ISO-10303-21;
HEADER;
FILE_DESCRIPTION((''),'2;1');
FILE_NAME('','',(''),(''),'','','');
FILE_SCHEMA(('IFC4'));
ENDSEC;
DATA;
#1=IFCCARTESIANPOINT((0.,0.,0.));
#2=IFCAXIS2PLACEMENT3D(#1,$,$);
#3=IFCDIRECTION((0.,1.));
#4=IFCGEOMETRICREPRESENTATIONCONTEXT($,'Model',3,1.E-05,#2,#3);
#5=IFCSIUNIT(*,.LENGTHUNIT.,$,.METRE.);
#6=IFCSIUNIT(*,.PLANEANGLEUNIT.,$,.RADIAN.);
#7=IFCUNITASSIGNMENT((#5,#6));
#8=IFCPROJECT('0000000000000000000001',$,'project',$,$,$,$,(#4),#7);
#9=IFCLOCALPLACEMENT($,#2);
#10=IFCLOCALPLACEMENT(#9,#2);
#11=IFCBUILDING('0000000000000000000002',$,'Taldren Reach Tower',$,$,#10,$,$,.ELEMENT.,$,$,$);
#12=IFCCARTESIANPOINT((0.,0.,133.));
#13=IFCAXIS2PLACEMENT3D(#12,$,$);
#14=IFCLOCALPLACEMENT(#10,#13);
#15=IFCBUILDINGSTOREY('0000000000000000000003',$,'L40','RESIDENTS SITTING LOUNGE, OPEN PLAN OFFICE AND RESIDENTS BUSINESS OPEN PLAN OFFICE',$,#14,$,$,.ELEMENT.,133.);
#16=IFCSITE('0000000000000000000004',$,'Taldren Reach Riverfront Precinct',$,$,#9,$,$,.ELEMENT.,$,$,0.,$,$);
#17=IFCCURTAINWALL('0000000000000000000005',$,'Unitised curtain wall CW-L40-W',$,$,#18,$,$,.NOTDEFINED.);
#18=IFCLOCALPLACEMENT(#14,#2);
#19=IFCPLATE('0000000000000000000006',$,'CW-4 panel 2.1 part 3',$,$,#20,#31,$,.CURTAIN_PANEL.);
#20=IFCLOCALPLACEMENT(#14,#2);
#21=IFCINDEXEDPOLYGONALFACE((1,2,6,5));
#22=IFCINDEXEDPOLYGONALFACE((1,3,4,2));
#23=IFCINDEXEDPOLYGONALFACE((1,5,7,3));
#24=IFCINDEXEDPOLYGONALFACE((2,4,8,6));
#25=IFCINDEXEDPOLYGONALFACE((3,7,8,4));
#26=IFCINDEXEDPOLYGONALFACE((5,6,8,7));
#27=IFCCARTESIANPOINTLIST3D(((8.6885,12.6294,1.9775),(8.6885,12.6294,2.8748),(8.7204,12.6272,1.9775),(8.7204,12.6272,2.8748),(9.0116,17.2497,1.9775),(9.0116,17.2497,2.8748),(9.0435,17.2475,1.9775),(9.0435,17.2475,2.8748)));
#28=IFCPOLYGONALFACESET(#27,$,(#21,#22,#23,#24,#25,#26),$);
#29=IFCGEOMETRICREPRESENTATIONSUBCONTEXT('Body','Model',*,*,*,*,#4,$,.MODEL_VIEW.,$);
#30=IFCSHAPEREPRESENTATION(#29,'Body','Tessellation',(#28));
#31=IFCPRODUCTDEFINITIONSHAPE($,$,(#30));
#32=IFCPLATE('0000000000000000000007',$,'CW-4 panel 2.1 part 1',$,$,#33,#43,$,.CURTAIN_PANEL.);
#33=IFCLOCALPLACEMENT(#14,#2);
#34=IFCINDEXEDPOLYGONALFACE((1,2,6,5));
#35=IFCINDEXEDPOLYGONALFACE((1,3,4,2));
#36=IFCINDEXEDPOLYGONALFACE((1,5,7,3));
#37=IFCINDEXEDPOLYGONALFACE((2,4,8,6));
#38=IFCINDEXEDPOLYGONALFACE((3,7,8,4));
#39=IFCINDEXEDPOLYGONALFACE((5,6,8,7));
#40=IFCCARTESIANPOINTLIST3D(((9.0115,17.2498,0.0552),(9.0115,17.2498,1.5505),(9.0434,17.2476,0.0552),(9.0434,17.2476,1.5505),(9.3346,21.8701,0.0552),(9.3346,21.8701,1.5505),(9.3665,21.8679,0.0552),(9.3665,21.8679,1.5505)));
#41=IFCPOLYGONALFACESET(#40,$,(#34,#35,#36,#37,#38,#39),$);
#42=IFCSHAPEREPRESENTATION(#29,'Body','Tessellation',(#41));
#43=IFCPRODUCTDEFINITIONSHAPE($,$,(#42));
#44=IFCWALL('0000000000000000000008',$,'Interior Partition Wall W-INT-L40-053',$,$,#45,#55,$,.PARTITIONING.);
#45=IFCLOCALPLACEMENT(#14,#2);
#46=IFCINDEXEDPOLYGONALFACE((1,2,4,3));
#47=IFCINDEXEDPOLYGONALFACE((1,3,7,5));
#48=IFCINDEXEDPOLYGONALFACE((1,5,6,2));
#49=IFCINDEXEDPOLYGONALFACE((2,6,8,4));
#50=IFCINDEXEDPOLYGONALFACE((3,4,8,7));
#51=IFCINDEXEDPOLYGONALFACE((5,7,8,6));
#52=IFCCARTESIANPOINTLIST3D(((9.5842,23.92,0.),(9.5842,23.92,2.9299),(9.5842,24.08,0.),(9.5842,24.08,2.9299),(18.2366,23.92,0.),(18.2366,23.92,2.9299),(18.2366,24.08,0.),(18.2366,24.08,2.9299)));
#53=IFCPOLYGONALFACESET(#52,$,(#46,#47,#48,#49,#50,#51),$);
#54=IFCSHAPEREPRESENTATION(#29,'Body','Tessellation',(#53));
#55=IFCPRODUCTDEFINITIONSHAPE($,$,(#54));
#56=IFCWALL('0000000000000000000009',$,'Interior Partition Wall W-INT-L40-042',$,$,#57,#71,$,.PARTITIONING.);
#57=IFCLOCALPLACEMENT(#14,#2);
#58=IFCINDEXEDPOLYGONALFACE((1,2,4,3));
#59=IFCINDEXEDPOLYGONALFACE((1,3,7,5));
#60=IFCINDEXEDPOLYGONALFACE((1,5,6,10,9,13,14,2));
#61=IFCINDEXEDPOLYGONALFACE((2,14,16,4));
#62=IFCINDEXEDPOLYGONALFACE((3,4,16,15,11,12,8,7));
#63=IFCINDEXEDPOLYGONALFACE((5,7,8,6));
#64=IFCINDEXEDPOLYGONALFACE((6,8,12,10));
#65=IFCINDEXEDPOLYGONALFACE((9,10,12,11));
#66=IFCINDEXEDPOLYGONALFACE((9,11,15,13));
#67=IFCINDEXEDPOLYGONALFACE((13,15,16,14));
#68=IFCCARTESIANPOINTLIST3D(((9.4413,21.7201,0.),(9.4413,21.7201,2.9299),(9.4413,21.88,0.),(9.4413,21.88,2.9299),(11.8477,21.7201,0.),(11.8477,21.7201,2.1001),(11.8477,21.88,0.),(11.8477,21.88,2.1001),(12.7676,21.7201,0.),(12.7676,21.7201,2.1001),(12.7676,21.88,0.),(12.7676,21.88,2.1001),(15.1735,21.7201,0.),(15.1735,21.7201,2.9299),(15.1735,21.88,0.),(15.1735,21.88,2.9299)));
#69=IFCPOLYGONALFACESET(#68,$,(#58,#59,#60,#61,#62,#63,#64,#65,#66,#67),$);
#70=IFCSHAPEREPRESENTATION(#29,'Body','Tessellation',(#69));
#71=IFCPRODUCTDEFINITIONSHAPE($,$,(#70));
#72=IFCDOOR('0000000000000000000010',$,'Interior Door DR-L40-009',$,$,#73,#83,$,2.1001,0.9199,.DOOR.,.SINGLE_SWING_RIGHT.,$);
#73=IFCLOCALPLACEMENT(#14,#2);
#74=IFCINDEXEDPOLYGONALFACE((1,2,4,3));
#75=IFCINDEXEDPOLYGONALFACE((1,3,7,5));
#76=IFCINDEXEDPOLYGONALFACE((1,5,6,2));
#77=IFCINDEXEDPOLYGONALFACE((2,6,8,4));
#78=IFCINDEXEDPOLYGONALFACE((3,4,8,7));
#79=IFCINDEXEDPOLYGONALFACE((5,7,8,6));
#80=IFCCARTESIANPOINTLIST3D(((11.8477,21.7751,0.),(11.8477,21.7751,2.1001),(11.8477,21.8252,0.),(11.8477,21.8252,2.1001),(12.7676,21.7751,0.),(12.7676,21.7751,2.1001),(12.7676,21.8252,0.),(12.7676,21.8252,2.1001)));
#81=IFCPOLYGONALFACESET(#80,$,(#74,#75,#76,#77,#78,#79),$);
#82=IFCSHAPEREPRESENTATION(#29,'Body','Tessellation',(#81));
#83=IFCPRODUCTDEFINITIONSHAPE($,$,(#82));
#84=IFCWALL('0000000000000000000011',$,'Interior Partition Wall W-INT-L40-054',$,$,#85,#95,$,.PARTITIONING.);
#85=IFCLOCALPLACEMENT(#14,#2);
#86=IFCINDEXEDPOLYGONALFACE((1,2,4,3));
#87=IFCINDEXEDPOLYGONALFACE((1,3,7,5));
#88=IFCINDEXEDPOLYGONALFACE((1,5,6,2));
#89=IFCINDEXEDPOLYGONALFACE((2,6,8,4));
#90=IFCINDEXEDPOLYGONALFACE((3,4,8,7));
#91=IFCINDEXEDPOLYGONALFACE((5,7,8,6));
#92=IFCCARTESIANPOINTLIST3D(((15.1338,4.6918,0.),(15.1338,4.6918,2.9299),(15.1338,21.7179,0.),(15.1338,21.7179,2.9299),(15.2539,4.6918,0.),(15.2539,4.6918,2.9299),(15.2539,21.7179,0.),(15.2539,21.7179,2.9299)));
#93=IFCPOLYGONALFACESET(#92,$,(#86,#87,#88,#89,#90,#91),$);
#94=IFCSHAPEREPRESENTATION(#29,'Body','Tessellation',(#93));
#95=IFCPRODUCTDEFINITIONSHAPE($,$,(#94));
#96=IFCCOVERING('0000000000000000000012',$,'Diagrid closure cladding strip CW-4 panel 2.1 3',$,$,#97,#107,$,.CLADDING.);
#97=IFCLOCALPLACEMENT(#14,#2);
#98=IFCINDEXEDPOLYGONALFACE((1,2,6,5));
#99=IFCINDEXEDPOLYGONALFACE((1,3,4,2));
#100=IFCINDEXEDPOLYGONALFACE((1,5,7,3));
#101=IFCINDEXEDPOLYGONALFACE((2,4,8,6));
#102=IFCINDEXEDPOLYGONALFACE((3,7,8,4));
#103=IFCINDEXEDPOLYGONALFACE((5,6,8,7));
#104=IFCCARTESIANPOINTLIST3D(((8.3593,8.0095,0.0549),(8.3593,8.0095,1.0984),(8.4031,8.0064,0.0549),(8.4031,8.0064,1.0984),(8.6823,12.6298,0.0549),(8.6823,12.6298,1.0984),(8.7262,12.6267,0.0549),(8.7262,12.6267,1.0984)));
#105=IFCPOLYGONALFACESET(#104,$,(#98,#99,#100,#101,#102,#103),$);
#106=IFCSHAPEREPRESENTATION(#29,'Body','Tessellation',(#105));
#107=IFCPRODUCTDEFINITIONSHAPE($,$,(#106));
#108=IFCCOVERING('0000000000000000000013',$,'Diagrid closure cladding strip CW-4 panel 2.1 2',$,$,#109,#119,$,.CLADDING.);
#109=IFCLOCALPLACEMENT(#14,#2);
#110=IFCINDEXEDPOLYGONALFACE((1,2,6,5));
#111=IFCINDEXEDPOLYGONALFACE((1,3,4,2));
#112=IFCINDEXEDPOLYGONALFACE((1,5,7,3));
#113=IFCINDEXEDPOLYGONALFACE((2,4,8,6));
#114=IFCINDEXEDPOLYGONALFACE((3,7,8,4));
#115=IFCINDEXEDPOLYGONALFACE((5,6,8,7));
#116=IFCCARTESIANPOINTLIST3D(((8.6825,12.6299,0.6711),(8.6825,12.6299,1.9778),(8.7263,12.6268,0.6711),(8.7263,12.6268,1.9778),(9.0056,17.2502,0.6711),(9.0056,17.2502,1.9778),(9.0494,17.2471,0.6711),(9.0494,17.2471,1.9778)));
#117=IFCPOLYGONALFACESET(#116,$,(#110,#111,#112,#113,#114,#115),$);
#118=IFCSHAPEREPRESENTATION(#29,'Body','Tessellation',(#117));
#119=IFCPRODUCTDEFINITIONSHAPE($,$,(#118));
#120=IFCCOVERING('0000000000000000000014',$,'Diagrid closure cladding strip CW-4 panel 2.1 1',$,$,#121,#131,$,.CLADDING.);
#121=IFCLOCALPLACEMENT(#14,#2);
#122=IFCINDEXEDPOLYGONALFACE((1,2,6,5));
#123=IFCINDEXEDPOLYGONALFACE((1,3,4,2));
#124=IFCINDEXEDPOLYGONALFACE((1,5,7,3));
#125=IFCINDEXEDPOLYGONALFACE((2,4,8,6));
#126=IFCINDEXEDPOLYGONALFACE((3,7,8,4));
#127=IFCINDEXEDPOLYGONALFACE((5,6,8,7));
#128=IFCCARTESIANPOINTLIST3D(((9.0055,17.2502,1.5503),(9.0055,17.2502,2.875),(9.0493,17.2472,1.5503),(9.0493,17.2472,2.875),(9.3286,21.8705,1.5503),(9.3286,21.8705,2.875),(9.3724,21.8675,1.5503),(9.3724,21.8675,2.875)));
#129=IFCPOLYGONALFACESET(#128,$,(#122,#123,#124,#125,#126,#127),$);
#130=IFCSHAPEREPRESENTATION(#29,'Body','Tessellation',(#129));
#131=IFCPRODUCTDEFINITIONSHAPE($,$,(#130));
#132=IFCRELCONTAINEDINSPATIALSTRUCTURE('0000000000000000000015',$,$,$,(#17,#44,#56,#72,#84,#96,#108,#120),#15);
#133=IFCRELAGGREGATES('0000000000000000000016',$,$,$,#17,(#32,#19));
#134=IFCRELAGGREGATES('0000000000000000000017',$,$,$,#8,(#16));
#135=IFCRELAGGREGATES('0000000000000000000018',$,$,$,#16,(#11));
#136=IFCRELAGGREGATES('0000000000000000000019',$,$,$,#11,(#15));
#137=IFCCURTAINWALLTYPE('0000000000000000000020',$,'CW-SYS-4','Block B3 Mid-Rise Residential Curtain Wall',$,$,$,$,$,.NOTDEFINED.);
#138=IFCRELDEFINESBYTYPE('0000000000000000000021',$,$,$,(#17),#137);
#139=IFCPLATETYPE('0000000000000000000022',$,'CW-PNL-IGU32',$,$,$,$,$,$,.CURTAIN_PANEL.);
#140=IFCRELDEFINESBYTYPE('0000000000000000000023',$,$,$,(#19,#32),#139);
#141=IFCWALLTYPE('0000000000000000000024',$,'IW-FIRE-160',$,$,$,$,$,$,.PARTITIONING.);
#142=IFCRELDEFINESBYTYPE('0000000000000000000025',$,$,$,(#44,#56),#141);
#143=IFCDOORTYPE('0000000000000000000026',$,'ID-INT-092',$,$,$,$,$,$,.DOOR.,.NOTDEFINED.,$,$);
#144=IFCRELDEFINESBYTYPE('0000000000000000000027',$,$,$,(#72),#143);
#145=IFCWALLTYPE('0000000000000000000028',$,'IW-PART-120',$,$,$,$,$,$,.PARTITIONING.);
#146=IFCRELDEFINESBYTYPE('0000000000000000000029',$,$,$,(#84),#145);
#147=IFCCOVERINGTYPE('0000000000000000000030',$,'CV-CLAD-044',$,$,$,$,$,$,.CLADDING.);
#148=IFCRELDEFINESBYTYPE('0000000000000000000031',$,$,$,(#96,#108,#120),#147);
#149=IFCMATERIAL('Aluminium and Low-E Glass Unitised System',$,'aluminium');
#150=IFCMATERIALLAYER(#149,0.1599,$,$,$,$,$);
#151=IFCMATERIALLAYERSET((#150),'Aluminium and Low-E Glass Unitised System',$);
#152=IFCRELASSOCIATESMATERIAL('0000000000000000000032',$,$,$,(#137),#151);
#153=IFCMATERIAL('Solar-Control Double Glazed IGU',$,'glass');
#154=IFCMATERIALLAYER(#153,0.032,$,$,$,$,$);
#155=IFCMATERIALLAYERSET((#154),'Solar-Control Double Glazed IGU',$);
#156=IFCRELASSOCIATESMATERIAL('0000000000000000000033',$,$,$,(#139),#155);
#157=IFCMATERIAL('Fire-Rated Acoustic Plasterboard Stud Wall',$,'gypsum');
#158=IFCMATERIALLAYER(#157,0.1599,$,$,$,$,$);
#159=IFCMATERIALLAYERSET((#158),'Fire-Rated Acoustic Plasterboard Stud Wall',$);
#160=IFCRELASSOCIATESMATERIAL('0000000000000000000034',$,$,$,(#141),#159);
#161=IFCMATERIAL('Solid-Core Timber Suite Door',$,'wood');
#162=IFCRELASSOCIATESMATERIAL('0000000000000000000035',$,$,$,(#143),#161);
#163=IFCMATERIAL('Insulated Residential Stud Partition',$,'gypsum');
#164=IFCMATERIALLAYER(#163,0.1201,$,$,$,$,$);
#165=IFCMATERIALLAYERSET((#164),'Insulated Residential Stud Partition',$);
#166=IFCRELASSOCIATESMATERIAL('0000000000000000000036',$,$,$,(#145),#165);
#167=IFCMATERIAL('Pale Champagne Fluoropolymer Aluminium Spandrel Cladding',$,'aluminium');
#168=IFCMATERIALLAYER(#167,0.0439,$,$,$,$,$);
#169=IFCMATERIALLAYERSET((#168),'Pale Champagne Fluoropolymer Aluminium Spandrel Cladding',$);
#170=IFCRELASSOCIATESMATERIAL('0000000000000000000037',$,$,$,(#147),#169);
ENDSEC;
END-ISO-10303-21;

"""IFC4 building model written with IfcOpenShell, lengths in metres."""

from ifc_helpers import new_model, si_unit, direction, frame, frame_2d, origin, origin_2d, place, context, subcontext, project, spatial, rectangle, extrude, source, transform, mapped, material, layer, layer_set, type_object, element, fill, aggregate, save


model = new_model("IFC4")

# Units and contexts
model_context = context("Model", 3, precision=1e-05, world=origin(), true_north=direction((0.0, 1.0)))
body_context = subcontext(model_context, "Body", "Model", "MODEL_VIEW")
ifc_project = project(units=[si_unit("LENGTHUNIT", "METRE"), si_unit("PLANEANGLEUNIT", "RADIAN")], contexts=[model_context])

# Site, building, storey
site_placement = place(None, origin())
site = spatial("IfcSite", under=ifc_project, at=site_placement, Name="Taldren Reach Riverfront Precinct", CompositionType="ELEMENT", RefElevation=0.0)
building_placement = place(site_placement, origin())
building = spatial("IfcBuilding", under=site, at=building_placement, Name="Taldren Reach Tower", CompositionType="ELEMENT")
storey_placement = place(building_placement, frame((0.0, 0.0, 133.0)))
storey = spatial("IfcBuildingStorey", under=building, at=storey_placement, Name="L40", Description="RESIDENTS SITTING LOUNGE, OPEN PLAN OFFICE AND RESIDENTS BUSINESS OPEN PLAN OFFICE", CompositionType="ELEMENT", Elevation=133.0)

# Curtain wall
ifc_material_1 = material(Name="Aluminium and Low-E Glass Unitised System", Category="aluminium")
ifc_layer_1 = layer(ifc_material_1, 0.1599)
ifc_layer_set_1 = layer_set([ifc_layer_1], Name="Aluminium and Low-E Glass Unitised System")
curtain_wall_type = type_object("IfcCurtainWallType", Name="CW-SYS-4", Description="Block B3 Mid-Rise Residential Curtain Wall", PredefinedType="NOTDEFINED", material=ifc_layer_set_1)
curtain_wall_placement = place(storey_placement, origin())
curtain_wall = element("IfcCurtainWall", 1, at=curtain_wall_placement, inside=storey, type_object=curtain_wall_type, Name="Unitised curtain wall CW-L40-W", PredefinedType="NOTDEFINED")

# Plates
ifc_material_2 = material(Name="Solar-Control Double Glazed IGU", Category="glass")
ifc_layer_2 = layer(ifc_material_2, 0.032)
ifc_layer_set_2 = layer_set([ifc_layer_2], Name="Solar-Control Double Glazed IGU")
plate_type_1 = type_object("IfcPlateType", Name="CW-PNL-IGU32", PredefinedType="CURTAIN_PANEL", material=ifc_layer_set_2)
shared_shape_1 = source(origin(), body_context, "Body", "SweptSolid", [
    extrude(rectangle(XDim=4.6316, YDim=0.032, at=origin_2d()), origin(), (0.0, 0.0, 1.0), 0.8972),
])
plate_1_placement = place(storey_placement, frame((8.866, 14.9385, 1.9775), z_axis=(0.0, 0.0, 1.0), x_axis=(-0.069756, -0.997564, 0.0)))
plate_1 = element("IfcPlate", 2, at=plate_1_placement, type_object=plate_type_1, Name="CW-4 panel 2.1 part 3", PredefinedType="CURTAIN_PANEL", context=body_context, shape_type="MappedRepresentation", body=[
    mapped(shared_shape_1, transform((0.0, 0.0, 0.0), scale=1.0)),
])
shared_shape_2 = source(origin(), body_context, "Body", "SweptSolid", [
    extrude(rectangle(XDim=4.6316, YDim=0.032, at=origin_2d()), origin(), (0.0, 0.0, 1.0), 1.4954),
])
plate_2_placement = place(storey_placement, frame((9.189, 19.5588, 0.0552), z_axis=(0.0, 0.0, 1.0), x_axis=(-0.069756, -0.997564, 0.0)))
plate_2 = element("IfcPlate", 3, at=plate_2_placement, type_object=plate_type_1, Name="CW-4 panel 2.1 part 1", PredefinedType="CURTAIN_PANEL", context=body_context, shape_type="MappedRepresentation", body=[
    mapped(shared_shape_2, transform((0.0, 0.0, 0.0), scale=1.0)),
])
aggregate(curtain_wall, [plate_2, plate_1])

# Wall
ifc_material_3 = material(Name="Fire-Rated Acoustic Plasterboard Stud Wall", Category="gypsum")
ifc_layer_3 = layer(ifc_material_3, 0.1599)
ifc_layer_set_3 = layer_set([ifc_layer_3], Name="Fire-Rated Acoustic Plasterboard Stud Wall")
wall_type_1 = type_object("IfcWallType", Name="IW-FIRE-160", PredefinedType="PARTITIONING", material=ifc_layer_set_3)
shared_shape_3 = source(origin(), body_context, "Body", "SweptSolid", [
    extrude(rectangle(XDim=8.6523, YDim=0.1599, at=frame_2d((4.3262, 0.0))), origin(), (0.0, 0.0, 1.0), 2.9299),
])
wall_1_placement = place(storey_placement, frame((9.5842, 24.0, 0.0), z_axis=(0.0, 0.0, 1.0), x_axis=(1.0, 0.0, 0.0)))
element("IfcWall", 4, at=wall_1_placement, inside=storey, type_object=wall_type_1, Name="Interior Partition Wall W-INT-L40-053", PredefinedType="PARTITIONING", context=body_context, shape_type="MappedRepresentation", body=[
    mapped(shared_shape_3, transform((0.0, 0.0, 0.0), scale=1.0)),
])

# Wall, opening, door
shared_shape_4 = source(origin(), body_context, "Body", "SweptSolid", [
    extrude(rectangle(XDim=5.7322, YDim=0.1599, at=frame_2d((2.8662, 0.0))), origin(), (0.0, 0.0, 1.0), 2.9299),
])
wall_2_placement = place(storey_placement, frame((15.1736, 21.8, 0.0), z_axis=(0.0, 0.0, 1.0), x_axis=(-1.0, 0.0, 0.0)))
wall_2 = element("IfcWall", 5, at=wall_2_placement, inside=storey, type_object=wall_type_1, Name="Interior Partition Wall W-INT-L40-042", PredefinedType="PARTITIONING", context=body_context, shape_type="MappedRepresentation", body=[
    mapped(shared_shape_4, transform((0.0, 0.0, 0.0), scale=1.0)),
])
shared_shape_5 = source(origin(), body_context, "Body", "SweptSolid", [
    extrude(rectangle(XDim=0.9199, YDim=2.1001, at=frame_2d((0.46, 1.05))), frame((0.0, 0.0898, 0.0), z_axis=(0.0, -1.0, 0.0), x_axis=(1.0, 0.0, 0.0)), (0.0, 0.0, 1.0), 0.1799),
])
opening_placement = place(wall_2_placement, frame((2.406, 0.0, 0.0)))
opening = element("IfcOpeningElement", 6, at=opening_placement, cuts=wall_2, PredefinedType="OPENING", context=body_context, shape_type="MappedRepresentation", body=[
    mapped(shared_shape_5, transform((0.0, 0.0, 0.0), scale=1.0)),
])
ifc_material_4 = material(Name="Solid-Core Timber Suite Door", Category="wood")
door_type = type_object("IfcDoorType", Name="ID-INT-092", OperationType="NOTDEFINED", PredefinedType="DOOR", material=ifc_material_4)
shared_shape_6 = source(origin(), body_context, "Body", "SweptSolid", [
    extrude(rectangle(XDim=0.9199, YDim=2.1001, at=frame_2d((0.46, 1.05))), frame((0.0, 0.0249, 0.0), z_axis=(0.0, -1.0, 0.0), x_axis=(1.0, 0.0, 0.0)), (0.0, 0.0, 1.0), 0.05),
])
door_placement = place(opening_placement, origin())
door = element("IfcDoor", 7, at=door_placement, inside=storey, type_object=door_type, Name="Interior Door DR-L40-009", OperationType="SINGLE_SWING_RIGHT", OverallHeight=2.1001, OverallWidth=0.9199, PredefinedType="DOOR", context=body_context, shape_type="MappedRepresentation", body=[
    mapped(shared_shape_6, transform((0.0, 0.0, 0.0), scale=1.0)),
])
fill(opening, door)

# Wall
ifc_material_5 = material(Name="Insulated Residential Stud Partition", Category="gypsum")
ifc_layer_4 = layer(ifc_material_5, 0.1201)
ifc_layer_set_4 = layer_set([ifc_layer_4], Name="Insulated Residential Stud Partition")
wall_type_2 = type_object("IfcWallType", Name="IW-PART-120", PredefinedType="PARTITIONING", material=ifc_layer_set_4)
shared_shape_7 = source(origin(), body_context, "Body", "SweptSolid", [
    extrude(rectangle(XDim=17.0261, YDim=0.1201, at=frame_2d((8.5132, 0.0))), origin(), (0.0, 0.0, 1.0), 2.9299),
])
wall_3_placement = place(storey_placement, frame((15.1938, 21.718, 0.0), z_axis=(0.0, 0.0, 1.0), x_axis=(0.0, -1.0, 0.0)))
element("IfcWall", 8, at=wall_3_placement, inside=storey, type_object=wall_type_2, Name="Interior Partition Wall W-INT-L40-054", PredefinedType="PARTITIONING", context=body_context, shape_type="MappedRepresentation", body=[
    mapped(shared_shape_7, transform((0.0, 0.0, 0.0), scale=1.0)),
])

# Coverings
ifc_material_6 = material(Name="Pale Champagne Fluoropolymer Aluminium Spandrel Cladding", Category="aluminium")
ifc_layer_5 = layer(ifc_material_6, 0.0439)
ifc_layer_set_5 = layer_set([ifc_layer_5], Name="Pale Champagne Fluoropolymer Aluminium Spandrel Cladding")
covering_type = type_object("IfcCoveringType", Name="CV-CLAD-044", PredefinedType="CLADDING", material=ifc_layer_set_5)
shared_shape_8 = source(origin(), body_context, "Body", "SweptSolid", [
    extrude(rectangle(XDim=4.6316, YDim=0.0439, at=origin_2d()), origin(), (0.0, 0.0, 1.0), 1.0435),
])
covering_1_placement = place(storey_placement, frame((8.5427, 10.3181, 0.0549), z_axis=(0.0, 0.0, 1.0), x_axis=(-0.069756, -0.997564, 0.0)))
element("IfcCovering", 9, at=covering_1_placement, inside=storey, type_object=covering_type, Name="Diagrid closure cladding strip CW-4 panel 2.1 3", PredefinedType="CLADDING", context=body_context, shape_type="MappedRepresentation", body=[
    mapped(shared_shape_8, transform((0.0, 0.0, 0.0), scale=1.0)),
])
shared_shape_9 = source(origin(), body_context, "Body", "SweptSolid", [
    extrude(rectangle(XDim=4.6316, YDim=0.0439, at=origin_2d()), origin(), (0.0, 0.0, 1.0), 1.3066),
])
covering_2_placement = place(storey_placement, frame((8.866, 14.9385, 0.6711), z_axis=(0.0, 0.0, 1.0), x_axis=(-0.069756, -0.997564, 0.0)))
element("IfcCovering", 10, at=covering_2_placement, inside=storey, type_object=covering_type, Name="Diagrid closure cladding strip CW-4 panel 2.1 2", PredefinedType="CLADDING", context=body_context, shape_type="MappedRepresentation", body=[
    mapped(shared_shape_9, transform((0.0, 0.0, 0.0), scale=1.0)),
])
shared_shape_10 = source(origin(), body_context, "Body", "SweptSolid", [
    extrude(rectangle(XDim=4.6316, YDim=0.0439, at=origin_2d()), origin(), (0.0, 0.0, 1.0), 1.3247),
])
covering_3_placement = place(storey_placement, frame((9.189, 19.5588, 1.5503), z_axis=(0.0, 0.0, 1.0), x_axis=(-0.069756, -0.997564, 0.0)))
element("IfcCovering", 11, at=covering_3_placement, inside=storey, type_object=covering_type, Name="Diagrid closure cladding strip CW-4 panel 2.1 1", PredefinedType="CLADDING", context=body_context, shape_type="MappedRepresentation", body=[
    mapped(shared_shape_10, transform((0.0, 0.0, 0.0), scale=1.0)),
])

save(model, "model.ifc")
